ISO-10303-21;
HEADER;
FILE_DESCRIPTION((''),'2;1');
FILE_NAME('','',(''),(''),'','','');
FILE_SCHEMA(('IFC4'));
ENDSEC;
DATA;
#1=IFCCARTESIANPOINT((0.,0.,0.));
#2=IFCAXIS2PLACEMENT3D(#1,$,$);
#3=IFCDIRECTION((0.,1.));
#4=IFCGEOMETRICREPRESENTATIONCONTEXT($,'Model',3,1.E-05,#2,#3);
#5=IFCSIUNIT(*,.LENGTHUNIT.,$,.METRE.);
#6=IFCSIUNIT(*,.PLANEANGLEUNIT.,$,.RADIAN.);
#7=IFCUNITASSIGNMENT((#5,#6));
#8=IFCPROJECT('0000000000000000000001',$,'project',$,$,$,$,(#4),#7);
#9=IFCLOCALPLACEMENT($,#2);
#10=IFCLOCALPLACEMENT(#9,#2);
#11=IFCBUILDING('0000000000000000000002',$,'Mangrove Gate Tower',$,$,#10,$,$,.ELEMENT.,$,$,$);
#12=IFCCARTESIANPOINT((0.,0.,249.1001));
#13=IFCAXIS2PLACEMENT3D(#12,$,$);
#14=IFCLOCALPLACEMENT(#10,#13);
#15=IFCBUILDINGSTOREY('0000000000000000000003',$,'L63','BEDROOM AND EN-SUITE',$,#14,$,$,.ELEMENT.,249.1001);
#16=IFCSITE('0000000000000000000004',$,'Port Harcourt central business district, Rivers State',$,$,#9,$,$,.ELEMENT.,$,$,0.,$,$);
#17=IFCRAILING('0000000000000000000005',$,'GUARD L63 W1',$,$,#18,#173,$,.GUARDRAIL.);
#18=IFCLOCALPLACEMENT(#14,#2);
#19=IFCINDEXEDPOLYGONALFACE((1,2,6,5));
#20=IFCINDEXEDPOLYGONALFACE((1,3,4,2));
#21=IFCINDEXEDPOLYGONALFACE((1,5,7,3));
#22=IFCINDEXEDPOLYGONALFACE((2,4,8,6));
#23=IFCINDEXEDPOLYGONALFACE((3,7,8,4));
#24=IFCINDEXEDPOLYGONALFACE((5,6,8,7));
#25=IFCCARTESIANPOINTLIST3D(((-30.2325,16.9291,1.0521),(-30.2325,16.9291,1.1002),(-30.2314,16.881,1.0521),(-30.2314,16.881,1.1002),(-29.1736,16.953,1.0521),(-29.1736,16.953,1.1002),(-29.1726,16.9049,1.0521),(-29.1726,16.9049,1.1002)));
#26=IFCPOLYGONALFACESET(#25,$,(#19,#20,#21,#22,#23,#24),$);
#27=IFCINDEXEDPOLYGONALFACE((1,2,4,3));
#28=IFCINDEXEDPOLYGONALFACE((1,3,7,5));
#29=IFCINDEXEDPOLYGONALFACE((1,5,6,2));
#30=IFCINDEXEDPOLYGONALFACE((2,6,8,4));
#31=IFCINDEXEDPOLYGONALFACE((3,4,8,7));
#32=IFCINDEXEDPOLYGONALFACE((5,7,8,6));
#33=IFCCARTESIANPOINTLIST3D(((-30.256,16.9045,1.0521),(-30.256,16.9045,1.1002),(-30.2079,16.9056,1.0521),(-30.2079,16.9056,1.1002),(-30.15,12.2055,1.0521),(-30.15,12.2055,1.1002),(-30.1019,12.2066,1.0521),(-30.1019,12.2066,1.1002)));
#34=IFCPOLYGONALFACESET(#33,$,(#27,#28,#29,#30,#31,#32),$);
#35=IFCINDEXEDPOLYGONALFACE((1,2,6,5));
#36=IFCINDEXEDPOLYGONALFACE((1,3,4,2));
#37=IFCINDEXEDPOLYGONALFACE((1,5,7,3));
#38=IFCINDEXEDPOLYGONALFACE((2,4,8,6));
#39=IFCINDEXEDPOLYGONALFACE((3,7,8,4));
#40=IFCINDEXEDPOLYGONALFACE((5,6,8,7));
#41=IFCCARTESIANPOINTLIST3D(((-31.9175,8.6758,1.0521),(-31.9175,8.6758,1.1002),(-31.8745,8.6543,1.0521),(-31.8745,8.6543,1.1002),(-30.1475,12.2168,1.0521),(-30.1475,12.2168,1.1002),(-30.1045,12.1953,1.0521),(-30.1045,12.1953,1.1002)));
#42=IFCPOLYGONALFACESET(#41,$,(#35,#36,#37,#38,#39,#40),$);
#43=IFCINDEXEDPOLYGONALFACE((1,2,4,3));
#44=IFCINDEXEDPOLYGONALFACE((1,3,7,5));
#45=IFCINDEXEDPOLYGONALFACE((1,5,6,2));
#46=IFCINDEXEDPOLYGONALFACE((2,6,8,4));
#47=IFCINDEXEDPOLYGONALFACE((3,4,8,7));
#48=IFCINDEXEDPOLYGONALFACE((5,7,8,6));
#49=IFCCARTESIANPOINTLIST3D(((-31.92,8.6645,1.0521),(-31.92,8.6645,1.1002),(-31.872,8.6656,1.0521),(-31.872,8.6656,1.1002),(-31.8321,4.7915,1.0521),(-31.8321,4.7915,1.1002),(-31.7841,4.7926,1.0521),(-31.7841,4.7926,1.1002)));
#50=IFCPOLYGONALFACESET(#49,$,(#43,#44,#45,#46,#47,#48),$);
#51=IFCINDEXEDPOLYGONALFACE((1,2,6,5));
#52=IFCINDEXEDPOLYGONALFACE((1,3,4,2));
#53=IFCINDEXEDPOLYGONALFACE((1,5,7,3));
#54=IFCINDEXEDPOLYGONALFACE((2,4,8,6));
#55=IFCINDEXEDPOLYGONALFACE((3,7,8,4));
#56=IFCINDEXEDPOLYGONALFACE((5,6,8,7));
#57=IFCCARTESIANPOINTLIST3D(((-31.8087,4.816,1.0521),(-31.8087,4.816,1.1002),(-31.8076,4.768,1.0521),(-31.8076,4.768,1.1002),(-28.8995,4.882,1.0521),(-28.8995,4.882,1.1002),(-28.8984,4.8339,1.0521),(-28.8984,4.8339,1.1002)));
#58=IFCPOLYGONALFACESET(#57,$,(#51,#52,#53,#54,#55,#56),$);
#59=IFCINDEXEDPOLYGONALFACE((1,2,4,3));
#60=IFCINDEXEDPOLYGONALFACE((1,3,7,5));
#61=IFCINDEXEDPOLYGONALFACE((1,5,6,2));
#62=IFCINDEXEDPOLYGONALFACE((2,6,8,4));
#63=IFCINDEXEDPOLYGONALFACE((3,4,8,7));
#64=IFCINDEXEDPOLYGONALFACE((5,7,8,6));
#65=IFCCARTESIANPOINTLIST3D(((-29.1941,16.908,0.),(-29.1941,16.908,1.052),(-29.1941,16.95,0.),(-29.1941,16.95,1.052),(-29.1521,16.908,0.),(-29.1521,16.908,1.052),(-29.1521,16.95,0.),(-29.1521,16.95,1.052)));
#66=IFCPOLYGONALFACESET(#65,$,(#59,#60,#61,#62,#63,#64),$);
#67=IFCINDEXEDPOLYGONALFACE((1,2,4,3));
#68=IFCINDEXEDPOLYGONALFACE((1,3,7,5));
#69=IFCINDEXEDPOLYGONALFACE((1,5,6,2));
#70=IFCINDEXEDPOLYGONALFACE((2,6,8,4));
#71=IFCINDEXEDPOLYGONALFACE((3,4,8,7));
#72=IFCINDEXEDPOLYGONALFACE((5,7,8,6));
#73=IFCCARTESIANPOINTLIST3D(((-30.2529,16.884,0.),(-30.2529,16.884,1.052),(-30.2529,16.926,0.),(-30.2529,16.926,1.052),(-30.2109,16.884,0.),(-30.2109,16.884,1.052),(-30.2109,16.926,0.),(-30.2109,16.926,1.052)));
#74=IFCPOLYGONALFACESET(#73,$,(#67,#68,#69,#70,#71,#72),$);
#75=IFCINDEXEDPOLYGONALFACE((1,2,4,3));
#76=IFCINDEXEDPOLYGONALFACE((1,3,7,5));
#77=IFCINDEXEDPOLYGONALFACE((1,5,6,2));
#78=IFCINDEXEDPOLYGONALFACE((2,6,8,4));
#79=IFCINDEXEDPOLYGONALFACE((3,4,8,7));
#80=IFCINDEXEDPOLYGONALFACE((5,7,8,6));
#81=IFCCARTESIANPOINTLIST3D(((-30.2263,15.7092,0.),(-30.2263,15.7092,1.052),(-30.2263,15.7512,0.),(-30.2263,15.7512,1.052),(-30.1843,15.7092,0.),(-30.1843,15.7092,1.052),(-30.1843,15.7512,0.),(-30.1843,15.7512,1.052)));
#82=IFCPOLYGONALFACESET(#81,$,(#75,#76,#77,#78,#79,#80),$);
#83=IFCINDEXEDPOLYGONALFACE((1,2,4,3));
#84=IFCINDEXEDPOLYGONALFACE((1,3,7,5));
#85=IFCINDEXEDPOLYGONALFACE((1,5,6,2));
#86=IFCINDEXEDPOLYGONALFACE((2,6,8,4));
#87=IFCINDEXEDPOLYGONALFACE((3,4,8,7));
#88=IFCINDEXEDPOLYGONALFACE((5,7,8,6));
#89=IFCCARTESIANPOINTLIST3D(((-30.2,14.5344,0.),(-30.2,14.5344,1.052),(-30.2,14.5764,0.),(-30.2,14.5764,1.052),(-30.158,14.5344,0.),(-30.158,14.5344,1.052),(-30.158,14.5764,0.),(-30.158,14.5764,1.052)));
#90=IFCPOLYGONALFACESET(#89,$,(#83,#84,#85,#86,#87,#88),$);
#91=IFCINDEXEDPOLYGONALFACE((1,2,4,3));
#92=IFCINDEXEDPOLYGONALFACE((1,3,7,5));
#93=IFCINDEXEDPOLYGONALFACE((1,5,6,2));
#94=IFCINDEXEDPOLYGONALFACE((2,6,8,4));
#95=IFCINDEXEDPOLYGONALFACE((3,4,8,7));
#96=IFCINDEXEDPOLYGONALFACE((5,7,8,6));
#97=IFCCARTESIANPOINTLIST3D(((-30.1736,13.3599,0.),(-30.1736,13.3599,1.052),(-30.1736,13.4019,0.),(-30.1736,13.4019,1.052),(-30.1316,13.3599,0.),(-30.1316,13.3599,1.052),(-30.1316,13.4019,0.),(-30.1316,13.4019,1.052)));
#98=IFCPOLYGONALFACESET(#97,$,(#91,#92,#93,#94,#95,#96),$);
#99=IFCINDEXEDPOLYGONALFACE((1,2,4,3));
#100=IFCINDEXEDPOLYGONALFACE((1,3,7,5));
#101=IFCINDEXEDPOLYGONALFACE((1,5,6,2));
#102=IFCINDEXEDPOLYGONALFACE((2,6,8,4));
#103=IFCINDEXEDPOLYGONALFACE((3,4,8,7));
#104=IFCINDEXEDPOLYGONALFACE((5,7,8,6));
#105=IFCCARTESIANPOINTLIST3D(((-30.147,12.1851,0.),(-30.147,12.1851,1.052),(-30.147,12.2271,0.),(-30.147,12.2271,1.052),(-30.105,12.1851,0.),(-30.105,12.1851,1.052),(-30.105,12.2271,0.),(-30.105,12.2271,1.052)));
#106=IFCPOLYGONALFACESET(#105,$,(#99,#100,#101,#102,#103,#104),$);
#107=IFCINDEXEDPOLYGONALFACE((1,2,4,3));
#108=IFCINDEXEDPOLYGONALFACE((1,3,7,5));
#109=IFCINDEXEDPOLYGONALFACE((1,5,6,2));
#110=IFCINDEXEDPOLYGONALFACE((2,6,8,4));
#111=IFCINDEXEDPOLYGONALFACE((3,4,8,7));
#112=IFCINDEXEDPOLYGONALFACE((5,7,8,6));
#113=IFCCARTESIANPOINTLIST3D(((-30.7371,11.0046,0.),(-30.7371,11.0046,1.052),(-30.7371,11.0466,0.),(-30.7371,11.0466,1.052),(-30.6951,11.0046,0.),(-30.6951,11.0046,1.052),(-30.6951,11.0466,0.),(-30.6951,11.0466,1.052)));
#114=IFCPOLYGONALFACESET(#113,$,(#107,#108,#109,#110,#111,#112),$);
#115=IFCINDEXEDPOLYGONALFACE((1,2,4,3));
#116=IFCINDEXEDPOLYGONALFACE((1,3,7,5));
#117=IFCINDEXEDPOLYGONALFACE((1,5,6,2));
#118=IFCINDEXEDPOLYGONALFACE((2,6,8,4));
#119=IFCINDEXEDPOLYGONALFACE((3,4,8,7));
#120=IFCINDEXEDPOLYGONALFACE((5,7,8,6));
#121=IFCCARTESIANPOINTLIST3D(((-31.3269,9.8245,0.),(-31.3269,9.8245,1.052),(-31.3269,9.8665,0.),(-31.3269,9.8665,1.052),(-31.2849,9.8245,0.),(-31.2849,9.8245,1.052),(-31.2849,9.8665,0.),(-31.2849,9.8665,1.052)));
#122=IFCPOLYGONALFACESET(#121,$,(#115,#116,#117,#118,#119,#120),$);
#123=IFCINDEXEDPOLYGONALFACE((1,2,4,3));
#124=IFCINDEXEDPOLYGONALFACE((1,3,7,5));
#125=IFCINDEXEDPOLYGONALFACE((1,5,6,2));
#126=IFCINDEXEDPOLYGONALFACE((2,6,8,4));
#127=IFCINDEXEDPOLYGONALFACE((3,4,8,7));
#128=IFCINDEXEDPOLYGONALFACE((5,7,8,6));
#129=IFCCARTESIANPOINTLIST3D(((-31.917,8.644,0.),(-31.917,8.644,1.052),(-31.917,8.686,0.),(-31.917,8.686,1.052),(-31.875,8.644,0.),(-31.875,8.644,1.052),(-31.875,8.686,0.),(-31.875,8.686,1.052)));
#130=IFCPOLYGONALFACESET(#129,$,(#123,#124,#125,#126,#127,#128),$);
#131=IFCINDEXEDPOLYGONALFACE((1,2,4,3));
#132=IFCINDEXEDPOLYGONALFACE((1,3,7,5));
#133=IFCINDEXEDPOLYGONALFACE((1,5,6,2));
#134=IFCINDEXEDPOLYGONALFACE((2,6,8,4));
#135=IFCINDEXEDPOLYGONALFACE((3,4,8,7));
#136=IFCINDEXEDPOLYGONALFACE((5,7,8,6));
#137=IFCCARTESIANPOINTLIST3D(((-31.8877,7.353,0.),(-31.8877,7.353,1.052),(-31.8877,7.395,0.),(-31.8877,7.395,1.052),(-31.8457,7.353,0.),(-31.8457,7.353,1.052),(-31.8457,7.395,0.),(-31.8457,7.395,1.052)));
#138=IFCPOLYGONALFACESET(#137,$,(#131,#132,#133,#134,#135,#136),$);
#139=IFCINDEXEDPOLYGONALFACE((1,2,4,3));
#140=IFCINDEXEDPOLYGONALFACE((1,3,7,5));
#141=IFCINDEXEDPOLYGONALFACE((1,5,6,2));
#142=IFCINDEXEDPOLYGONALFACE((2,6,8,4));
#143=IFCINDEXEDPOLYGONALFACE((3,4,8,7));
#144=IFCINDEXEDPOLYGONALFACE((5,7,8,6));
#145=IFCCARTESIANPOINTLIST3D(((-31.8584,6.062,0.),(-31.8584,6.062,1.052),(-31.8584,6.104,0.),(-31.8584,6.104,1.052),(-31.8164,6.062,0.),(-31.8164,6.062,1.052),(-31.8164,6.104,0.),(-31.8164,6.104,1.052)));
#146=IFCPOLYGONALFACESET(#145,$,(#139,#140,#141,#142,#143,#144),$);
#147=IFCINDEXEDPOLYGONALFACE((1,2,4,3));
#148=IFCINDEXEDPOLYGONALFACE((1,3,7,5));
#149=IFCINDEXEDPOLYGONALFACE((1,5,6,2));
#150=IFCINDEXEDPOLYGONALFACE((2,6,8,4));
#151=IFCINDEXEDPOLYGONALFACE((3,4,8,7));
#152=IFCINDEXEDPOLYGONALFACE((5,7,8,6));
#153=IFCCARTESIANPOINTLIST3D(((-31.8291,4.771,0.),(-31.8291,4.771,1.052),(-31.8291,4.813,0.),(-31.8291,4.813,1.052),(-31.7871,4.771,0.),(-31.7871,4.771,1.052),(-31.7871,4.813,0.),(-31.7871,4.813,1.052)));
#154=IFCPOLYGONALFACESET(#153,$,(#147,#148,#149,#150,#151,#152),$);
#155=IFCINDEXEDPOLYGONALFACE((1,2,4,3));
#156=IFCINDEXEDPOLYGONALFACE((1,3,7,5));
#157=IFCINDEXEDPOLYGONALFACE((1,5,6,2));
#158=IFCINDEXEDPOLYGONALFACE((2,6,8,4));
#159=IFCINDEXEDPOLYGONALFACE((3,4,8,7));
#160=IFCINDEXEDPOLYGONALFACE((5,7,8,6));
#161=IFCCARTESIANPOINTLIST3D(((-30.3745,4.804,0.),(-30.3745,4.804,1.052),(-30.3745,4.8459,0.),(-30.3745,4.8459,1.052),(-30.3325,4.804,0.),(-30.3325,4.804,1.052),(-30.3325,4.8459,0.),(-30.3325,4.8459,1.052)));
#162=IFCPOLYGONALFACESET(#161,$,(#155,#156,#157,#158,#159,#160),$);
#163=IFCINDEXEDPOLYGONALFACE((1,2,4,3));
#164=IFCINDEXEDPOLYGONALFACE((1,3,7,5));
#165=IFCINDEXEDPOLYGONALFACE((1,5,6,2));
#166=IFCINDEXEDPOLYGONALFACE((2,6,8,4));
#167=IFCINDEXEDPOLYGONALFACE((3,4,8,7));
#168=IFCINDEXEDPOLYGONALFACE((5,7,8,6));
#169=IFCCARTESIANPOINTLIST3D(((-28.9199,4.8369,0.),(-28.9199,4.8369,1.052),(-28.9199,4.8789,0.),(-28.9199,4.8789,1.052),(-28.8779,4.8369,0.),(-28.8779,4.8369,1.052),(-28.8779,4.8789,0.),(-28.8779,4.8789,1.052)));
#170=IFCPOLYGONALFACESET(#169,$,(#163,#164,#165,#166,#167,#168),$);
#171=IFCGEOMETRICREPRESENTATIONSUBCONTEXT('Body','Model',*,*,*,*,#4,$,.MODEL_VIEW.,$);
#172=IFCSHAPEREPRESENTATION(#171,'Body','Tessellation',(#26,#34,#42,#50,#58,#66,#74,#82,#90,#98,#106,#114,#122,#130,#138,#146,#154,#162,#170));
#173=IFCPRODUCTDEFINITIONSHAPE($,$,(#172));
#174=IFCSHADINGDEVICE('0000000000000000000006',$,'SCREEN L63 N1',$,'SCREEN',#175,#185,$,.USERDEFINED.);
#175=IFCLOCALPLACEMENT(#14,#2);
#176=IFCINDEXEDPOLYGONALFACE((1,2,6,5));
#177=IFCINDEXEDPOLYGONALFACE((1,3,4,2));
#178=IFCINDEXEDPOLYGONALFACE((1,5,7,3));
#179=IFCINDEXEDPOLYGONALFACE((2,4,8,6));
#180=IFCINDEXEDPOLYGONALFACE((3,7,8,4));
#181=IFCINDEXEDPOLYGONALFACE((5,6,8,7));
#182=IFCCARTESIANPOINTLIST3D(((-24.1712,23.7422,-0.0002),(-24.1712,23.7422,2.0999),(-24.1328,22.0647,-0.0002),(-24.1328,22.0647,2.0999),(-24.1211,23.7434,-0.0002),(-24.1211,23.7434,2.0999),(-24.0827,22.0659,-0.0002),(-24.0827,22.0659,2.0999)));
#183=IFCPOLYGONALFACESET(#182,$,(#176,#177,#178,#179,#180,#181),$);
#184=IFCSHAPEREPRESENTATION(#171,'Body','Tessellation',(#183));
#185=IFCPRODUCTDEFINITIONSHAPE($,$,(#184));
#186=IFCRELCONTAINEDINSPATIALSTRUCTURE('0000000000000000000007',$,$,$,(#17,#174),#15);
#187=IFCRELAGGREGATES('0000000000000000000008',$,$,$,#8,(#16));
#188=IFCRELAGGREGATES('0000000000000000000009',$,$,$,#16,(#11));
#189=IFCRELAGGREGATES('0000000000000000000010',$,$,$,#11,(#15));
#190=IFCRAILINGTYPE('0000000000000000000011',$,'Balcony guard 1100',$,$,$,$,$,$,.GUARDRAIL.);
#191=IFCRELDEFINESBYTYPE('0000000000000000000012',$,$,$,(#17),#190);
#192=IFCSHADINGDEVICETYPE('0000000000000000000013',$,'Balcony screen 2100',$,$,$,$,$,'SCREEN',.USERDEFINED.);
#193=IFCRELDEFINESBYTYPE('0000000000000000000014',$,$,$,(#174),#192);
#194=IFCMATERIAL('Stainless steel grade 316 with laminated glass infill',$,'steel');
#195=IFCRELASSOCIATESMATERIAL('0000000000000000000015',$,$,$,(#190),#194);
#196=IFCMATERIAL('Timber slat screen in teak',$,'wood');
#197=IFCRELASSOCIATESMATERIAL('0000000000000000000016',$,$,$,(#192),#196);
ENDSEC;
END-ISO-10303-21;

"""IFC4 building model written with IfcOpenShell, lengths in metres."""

from ifc_helpers import new_model, si_unit, direction, frame, origin, origin_2d, place, context, subcontext, project, spatial, rectangle, extrude, material, type_object, element, save


model = new_model("IFC4")

# Units and contexts
model_context = context("Model", 3, precision=1e-05, world=origin(), true_north=direction((0.0, 1.0)))
body_context = subcontext(model_context, "Body", "Model", "MODEL_VIEW")
ifc_project = project(units=[si_unit("LENGTHUNIT", "METRE"), si_unit("PLANEANGLEUNIT", "RADIAN")], contexts=[model_context])

# Site, building, storey
site_placement = place(None, origin())
site = spatial("IfcSite", under=ifc_project, at=site_placement, Name="Port Harcourt central business district, Rivers State", CompositionType="ELEMENT", RefElevation=0.0)
building_placement = place(site_placement, origin())
building = spatial("IfcBuilding", under=site, at=building_placement, Name="Mangrove Gate Tower", CompositionType="ELEMENT")
storey_placement = place(building_placement, frame((0.0, 0.0, 249.1001)))
storey = spatial("IfcBuildingStorey", under=building, at=storey_placement, Name="L63", Description="BEDROOM AND EN-SUITE", CompositionType="ELEMENT", Elevation=249.1001)

# Railing
ifc_material_1 = material(Name="Stainless steel grade 316 with laminated glass infill", Category="steel")
railing_type = type_object("IfcRailingType", Name="Balcony guard 1100", PredefinedType="GUARDRAIL", material=ifc_material_1)
railing_placement = place(storey_placement, frame((-29.1731, 16.929, 0.0)))
element("IfcRailing", 1, at=railing_placement, inside=storey, type_object=railing_type, Name="GUARD L63 W1", PredefinedType="GUARDRAIL", context=body_context, shape_type="SweptSolid", body=[
    extrude(rectangle(XDim=0.0481, YDim=0.0481, at=origin_2d()), frame((0.0, 0.0, 1.0762), z_axis=(-0.999745, -0.02259, 0.0), x_axis=(0.02259, -0.999745, 0.0)), (0.0, 0.0, 1.0), 1.0591),
    extrude(rectangle(XDim=0.0481, YDim=0.0481, at=origin_2d()), frame((-1.0588, -0.0239, 1.0762), z_axis=(0.022543, -0.999746, 0.0), x_axis=(0.999746, 0.022543, 0.0)), (0.0, 0.0, 1.0), 4.7002),
    extrude(rectangle(XDim=0.0481, YDim=0.0481, at=origin_2d()), frame((-0.9529, -4.7229, 1.0762), z_axis=(-0.447115, -0.894477, 0.0), x_axis=(0.894477, -0.447115, 0.0)), (0.0, 0.0, 1.0), 3.9587),
    extrude(rectangle(XDim=0.0481, YDim=0.0481, at=origin_2d()), frame((-2.7229, -8.2639, 1.0762), z_axis=(0.022687, -0.999743, 0.0), x_axis=(0.999743, 0.022687, 0.0)), (0.0, 0.0, 1.0), 3.874),
    extrude(rectangle(XDim=0.0481, YDim=0.0481, at=origin_2d()), frame((-2.635, -12.137, 1.0762), z_axis=(0.999743, 0.022653, 0.0), x_axis=(-0.022653, 0.999743, 0.0)), (0.0, 0.0, 1.0), 2.9099),
    extrude(rectangle(XDim=0.042, YDim=0.042, at=origin_2d()), origin(), (0.0, 0.0, 1.0), 1.052),
    extrude(rectangle(XDim=0.042, YDim=0.042, at=origin_2d()), frame((-1.0588, -0.0239, 0.0)), (0.0, 0.0, 1.0), 1.052),
    extrude(rectangle(XDim=0.042, YDim=0.042, at=origin_2d()), frame((-1.0322, -1.1987, 0.0)), (0.0, 0.0, 1.0), 1.052),
    extrude(rectangle(XDim=0.042, YDim=0.042, at=origin_2d()), frame((-1.0059, -2.3735, 0.0)), (0.0, 0.0, 1.0), 1.052),
    extrude(rectangle(XDim=0.042, YDim=0.042, at=origin_2d()), frame((-0.9795, -3.5481, 0.0)), (0.0, 0.0, 1.0), 1.052),
    extrude(rectangle(XDim=0.042, YDim=0.042, at=origin_2d()), frame((-0.9529, -4.7229, 0.0)), (0.0, 0.0, 1.0), 1.052),
    extrude(rectangle(XDim=0.042, YDim=0.042, at=origin_2d()), frame((-1.543, -5.9033, 0.0)), (0.0, 0.0, 1.0), 1.052),
    extrude(rectangle(XDim=0.042, YDim=0.042, at=origin_2d()), frame((-2.1328, -7.0835, 0.0)), (0.0, 0.0, 1.0), 1.052),
    extrude(rectangle(XDim=0.042, YDim=0.042, at=origin_2d()), frame((-2.7229, -8.2639, 0.0)), (0.0, 0.0, 1.0), 1.052),
    extrude(rectangle(XDim=0.042, YDim=0.042, at=origin_2d()), frame((-2.6936, -9.5549, 0.0)), (0.0, 0.0, 1.0), 1.052),
    extrude(rectangle(XDim=0.042, YDim=0.042, at=origin_2d()), frame((-2.6643, -10.8459, 0.0)), (0.0, 0.0, 1.0), 1.052),
    extrude(rectangle(XDim=0.042, YDim=0.042, at=origin_2d()), frame((-2.635, -12.137, 0.0)), (0.0, 0.0, 1.0), 1.052),
    extrude(rectangle(XDim=0.042, YDim=0.042, at=origin_2d()), frame((-1.1804, -12.104, 0.0)), (0.0, 0.0, 1.0), 1.052),
    extrude(rectangle(XDim=0.042, YDim=0.042, at=origin_2d()), frame((0.2742, -12.071, 0.0)), (0.0, 0.0, 1.0), 1.052),
])

# Shading device
ifc_material_2 = material(Name="Timber slat screen in teak", Category="wood")
shading_device_type = type_object("IfcShadingDeviceType", Name="Balcony screen 2100", ElementType="SCREEN", PredefinedType="USERDEFINED", material=ifc_material_2)
shading_device_placement = place(storey_placement, frame((-24.127, 22.9041, -0.0002), z_axis=(0.0, 0.0, 1.0), x_axis=(-0.022897, 0.999738, 0.0)))
element("IfcShadingDevice", 2, at=shading_device_placement, inside=storey, type_object=shading_device_type, Name="SCREEN L63 N1", ObjectType="SCREEN", PredefinedType="USERDEFINED", context=body_context, shape_type="SweptSolid", body=[
    extrude(rectangle(XDim=1.678, YDim=0.05, at=origin_2d()), origin(), (0.0, 0.0, 1.0), 2.1001),
])

save(model, "model.ifc")
